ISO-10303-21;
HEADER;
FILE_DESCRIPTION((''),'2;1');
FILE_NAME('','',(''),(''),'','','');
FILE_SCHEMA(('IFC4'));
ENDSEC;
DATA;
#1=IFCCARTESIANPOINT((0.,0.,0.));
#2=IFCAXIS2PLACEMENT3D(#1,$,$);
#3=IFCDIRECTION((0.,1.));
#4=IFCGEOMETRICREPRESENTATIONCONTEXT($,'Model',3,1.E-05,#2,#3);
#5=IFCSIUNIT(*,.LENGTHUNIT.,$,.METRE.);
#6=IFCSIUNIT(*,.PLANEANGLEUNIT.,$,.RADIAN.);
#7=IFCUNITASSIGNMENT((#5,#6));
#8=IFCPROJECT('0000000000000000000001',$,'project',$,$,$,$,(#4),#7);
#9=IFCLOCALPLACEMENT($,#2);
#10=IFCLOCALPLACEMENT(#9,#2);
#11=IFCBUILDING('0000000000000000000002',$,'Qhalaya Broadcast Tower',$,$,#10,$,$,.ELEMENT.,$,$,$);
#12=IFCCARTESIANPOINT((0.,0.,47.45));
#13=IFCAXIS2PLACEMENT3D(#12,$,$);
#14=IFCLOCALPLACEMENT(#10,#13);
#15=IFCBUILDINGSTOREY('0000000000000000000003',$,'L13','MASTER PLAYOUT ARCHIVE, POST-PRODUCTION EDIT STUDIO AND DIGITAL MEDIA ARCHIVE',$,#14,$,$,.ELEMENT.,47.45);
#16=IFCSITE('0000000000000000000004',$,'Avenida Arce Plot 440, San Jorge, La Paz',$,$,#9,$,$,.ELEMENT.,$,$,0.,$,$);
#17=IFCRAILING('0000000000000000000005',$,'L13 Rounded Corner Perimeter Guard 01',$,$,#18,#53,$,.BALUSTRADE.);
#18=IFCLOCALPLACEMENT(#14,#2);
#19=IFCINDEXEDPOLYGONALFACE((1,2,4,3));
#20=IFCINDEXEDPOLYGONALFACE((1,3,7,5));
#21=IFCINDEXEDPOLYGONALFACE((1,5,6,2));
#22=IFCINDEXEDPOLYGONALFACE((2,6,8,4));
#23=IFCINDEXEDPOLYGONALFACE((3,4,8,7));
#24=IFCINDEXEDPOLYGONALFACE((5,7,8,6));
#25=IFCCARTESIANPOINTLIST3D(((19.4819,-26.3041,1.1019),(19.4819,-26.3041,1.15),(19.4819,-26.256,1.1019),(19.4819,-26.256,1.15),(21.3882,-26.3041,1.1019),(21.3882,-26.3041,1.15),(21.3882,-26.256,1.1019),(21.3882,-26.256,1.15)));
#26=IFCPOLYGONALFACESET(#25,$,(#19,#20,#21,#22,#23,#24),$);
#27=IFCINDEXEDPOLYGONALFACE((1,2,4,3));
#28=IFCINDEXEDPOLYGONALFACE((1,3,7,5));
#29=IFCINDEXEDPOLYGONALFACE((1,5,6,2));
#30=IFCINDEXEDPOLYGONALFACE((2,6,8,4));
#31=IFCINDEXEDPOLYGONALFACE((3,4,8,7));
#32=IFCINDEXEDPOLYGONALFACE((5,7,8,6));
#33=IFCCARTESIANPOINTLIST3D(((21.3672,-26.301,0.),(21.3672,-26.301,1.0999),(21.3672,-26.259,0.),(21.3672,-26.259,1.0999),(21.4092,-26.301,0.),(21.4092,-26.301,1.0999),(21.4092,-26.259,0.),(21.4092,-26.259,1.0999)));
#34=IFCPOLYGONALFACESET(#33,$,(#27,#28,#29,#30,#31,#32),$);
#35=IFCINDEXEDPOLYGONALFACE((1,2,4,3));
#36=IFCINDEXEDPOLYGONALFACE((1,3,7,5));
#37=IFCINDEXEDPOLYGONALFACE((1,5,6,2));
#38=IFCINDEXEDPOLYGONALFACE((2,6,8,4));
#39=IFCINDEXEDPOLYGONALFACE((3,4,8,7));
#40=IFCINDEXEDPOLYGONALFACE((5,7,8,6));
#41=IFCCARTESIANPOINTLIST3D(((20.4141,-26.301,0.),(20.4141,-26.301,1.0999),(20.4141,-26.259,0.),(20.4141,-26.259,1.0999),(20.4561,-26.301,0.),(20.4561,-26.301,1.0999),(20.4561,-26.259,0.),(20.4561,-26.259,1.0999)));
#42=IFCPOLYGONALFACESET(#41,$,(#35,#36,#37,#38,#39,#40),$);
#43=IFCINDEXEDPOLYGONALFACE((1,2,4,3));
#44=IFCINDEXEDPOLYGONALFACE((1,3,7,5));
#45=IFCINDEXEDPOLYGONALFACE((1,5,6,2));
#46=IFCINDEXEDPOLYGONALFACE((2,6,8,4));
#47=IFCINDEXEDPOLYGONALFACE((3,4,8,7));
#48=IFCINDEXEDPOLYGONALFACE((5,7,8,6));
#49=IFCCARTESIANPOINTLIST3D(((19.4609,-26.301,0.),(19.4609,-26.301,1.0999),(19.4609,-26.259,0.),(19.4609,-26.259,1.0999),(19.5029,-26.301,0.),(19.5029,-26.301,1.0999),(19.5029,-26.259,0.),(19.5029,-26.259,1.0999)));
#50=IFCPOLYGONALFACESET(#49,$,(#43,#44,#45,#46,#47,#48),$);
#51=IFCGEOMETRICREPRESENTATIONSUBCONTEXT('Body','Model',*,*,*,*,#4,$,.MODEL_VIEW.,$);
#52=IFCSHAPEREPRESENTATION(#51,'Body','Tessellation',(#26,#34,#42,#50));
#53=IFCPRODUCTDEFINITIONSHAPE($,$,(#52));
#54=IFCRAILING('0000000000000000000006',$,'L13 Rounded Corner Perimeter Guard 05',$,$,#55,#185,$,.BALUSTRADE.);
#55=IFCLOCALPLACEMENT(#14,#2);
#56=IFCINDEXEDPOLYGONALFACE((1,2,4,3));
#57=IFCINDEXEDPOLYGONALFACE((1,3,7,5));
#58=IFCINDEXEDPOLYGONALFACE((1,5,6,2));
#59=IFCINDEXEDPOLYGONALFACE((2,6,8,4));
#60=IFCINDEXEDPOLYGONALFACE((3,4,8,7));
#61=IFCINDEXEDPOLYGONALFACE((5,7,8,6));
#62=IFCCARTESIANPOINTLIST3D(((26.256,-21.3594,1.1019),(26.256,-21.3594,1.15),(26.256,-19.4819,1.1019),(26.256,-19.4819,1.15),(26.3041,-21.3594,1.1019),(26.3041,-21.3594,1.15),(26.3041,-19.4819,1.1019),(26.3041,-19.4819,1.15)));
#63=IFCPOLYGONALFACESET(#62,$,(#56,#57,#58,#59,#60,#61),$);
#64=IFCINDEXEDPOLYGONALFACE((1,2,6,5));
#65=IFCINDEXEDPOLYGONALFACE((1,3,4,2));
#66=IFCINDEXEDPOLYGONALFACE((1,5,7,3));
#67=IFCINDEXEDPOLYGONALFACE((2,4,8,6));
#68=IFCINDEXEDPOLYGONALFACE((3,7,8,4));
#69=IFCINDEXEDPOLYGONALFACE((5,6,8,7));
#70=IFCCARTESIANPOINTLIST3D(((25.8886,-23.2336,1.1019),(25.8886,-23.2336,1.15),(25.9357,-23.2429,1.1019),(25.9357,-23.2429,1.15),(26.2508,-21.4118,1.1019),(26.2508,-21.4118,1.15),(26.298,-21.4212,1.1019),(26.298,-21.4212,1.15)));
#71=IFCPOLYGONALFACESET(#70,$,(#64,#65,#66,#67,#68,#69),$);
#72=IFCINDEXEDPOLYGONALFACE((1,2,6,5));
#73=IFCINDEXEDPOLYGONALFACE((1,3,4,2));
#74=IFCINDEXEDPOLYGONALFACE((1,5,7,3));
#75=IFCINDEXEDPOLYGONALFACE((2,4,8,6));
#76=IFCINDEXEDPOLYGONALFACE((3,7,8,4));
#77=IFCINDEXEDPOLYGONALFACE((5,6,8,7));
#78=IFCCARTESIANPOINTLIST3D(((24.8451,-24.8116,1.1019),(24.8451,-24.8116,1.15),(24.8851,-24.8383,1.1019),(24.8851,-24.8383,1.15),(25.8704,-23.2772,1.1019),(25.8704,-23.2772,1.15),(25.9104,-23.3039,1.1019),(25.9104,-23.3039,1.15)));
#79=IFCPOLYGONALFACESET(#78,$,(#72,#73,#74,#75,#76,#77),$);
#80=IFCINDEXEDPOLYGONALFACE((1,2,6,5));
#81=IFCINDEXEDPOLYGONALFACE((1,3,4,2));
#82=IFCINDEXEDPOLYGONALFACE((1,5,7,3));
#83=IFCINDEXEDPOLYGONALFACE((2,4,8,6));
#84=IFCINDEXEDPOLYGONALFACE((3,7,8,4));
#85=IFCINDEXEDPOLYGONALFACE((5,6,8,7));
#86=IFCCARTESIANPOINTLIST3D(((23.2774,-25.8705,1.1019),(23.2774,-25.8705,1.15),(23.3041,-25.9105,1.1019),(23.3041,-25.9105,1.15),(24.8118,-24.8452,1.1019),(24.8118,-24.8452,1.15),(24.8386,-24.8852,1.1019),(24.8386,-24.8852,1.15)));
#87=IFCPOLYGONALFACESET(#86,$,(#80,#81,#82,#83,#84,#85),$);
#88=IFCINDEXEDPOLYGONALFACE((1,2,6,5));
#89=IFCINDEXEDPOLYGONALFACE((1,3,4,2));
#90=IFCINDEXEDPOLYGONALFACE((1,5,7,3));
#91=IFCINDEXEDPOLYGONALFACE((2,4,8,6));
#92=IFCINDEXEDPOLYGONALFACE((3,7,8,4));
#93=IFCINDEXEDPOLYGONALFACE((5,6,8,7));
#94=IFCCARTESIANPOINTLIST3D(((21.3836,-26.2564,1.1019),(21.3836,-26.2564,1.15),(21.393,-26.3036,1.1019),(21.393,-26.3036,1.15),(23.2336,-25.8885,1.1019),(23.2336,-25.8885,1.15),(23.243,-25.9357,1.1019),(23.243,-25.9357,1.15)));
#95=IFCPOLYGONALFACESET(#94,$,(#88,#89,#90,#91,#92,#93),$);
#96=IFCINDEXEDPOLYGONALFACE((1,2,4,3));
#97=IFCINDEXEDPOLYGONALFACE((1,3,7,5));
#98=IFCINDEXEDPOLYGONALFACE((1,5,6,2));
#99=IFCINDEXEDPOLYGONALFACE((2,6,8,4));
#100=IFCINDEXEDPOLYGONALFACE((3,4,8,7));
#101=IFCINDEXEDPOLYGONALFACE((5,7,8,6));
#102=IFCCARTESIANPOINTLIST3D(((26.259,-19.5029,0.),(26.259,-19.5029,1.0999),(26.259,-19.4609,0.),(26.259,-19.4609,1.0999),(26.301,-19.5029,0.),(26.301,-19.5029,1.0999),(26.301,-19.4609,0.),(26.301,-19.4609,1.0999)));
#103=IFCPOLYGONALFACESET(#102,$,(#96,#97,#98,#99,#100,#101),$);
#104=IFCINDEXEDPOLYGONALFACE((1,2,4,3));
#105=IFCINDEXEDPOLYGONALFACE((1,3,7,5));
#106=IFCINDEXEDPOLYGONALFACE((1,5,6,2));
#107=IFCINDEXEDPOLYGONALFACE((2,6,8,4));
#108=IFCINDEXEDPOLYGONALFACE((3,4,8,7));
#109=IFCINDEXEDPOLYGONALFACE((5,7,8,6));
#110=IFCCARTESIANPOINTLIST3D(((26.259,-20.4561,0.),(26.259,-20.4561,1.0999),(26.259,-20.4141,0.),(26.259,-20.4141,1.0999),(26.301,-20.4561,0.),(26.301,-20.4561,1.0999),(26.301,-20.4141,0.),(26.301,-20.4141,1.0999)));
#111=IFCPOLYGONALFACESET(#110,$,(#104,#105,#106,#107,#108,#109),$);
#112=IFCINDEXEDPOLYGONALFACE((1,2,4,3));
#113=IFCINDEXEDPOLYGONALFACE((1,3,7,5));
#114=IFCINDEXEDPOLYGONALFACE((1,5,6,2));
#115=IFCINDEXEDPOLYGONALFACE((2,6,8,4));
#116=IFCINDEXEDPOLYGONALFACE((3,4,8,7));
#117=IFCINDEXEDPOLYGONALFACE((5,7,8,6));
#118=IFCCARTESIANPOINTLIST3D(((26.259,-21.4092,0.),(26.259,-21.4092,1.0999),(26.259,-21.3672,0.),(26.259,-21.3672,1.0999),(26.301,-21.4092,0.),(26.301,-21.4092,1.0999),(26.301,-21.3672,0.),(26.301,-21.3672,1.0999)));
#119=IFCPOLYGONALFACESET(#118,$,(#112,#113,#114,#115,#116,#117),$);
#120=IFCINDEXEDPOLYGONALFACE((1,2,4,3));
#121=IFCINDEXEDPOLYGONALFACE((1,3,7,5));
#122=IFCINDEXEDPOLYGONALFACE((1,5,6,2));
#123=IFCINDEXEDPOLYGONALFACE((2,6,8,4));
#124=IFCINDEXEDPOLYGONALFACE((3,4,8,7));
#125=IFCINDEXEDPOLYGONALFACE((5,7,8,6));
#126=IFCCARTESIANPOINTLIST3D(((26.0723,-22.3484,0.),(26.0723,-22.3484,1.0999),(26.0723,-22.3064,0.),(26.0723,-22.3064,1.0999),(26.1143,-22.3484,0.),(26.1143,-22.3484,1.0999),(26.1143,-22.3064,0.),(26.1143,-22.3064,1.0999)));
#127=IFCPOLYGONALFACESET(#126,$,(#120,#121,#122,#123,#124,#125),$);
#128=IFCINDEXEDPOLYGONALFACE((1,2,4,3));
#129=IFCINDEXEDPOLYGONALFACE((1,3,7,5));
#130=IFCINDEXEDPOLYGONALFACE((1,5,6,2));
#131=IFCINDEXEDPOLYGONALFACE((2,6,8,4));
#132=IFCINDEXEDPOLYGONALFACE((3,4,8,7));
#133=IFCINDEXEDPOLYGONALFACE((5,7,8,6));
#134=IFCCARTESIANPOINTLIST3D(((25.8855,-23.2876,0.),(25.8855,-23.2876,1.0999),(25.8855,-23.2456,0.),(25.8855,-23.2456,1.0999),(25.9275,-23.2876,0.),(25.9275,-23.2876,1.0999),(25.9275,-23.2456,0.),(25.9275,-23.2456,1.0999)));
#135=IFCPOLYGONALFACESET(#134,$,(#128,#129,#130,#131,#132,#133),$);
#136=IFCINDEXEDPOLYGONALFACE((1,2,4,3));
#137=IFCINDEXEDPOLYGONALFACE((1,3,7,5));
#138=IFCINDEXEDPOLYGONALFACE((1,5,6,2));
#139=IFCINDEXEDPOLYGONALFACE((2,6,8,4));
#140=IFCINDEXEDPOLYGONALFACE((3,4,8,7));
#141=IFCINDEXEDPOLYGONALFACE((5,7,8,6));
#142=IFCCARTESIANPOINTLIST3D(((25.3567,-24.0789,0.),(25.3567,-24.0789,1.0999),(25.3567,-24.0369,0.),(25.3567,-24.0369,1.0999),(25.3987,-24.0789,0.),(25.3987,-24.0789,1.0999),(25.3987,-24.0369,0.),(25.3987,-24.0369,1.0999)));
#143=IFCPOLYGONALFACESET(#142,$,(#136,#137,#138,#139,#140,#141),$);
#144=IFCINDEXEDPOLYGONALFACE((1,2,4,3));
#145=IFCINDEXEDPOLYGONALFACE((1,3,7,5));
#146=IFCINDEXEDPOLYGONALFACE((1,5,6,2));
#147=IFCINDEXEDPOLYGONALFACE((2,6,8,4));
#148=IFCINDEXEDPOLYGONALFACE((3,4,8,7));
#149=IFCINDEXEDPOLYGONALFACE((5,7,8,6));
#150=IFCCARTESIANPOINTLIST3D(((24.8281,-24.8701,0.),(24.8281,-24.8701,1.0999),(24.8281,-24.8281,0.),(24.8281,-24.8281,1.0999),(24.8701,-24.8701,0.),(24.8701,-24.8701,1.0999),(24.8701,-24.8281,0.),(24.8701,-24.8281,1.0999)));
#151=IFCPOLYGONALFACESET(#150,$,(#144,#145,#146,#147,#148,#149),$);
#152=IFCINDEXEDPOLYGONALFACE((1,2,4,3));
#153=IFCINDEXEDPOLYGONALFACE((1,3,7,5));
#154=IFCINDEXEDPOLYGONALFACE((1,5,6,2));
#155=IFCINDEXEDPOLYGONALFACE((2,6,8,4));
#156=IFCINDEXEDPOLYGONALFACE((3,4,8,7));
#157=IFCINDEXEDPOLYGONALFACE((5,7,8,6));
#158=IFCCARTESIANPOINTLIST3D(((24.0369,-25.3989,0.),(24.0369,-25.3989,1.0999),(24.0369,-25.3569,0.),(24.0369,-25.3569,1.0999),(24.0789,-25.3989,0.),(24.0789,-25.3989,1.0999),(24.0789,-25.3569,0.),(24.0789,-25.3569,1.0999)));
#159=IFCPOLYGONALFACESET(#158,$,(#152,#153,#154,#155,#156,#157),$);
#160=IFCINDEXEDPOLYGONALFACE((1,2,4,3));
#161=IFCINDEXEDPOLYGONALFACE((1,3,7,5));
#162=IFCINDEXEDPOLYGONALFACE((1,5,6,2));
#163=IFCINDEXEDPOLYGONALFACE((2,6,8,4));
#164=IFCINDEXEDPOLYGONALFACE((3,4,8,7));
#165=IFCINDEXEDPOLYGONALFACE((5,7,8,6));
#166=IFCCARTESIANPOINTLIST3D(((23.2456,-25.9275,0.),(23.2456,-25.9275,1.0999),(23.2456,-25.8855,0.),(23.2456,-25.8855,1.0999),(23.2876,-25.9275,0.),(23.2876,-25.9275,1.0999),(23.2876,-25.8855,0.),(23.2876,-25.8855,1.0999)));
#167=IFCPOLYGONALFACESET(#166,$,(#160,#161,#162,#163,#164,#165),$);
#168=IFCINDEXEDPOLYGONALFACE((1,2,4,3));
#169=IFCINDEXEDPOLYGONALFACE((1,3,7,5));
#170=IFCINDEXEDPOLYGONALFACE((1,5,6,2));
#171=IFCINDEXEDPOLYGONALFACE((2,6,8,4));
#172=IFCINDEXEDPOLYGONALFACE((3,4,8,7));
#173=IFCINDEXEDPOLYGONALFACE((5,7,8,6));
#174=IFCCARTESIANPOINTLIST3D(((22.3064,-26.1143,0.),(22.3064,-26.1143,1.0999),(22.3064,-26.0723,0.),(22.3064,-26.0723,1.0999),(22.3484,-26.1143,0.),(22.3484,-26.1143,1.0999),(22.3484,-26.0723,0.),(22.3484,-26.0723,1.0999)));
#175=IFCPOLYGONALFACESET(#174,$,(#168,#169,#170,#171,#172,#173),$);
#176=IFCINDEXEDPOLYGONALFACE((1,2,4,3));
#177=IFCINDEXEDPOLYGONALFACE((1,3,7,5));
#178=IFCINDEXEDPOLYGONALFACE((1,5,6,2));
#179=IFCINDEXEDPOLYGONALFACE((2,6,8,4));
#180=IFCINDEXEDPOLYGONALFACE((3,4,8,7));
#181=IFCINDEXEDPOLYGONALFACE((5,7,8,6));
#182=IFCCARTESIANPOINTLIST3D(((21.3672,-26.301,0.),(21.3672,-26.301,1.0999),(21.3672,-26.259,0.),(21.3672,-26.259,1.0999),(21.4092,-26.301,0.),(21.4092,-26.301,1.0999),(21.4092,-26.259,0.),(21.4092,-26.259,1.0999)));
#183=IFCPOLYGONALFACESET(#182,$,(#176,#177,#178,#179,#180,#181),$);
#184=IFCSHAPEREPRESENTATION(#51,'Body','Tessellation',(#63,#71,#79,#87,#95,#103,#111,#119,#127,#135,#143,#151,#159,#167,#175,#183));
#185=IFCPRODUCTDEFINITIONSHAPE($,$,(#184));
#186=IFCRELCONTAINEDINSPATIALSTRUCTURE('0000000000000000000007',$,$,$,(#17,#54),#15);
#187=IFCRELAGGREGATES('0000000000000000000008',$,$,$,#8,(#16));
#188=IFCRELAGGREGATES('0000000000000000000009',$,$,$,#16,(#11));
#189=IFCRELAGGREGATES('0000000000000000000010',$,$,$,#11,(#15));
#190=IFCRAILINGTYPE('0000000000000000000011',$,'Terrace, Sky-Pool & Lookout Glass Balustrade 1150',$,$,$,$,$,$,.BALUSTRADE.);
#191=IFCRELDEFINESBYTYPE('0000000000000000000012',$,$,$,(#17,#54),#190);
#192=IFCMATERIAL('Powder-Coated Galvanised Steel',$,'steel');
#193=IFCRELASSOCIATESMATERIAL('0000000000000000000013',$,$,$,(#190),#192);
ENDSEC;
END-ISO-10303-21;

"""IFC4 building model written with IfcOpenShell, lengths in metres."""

from ifc_helpers import new_model, si_unit, direction, frame, origin, origin_2d, place, context, subcontext, project, spatial, rectangle, extrude, material, type_object, element, save


model = new_model("IFC4")

# Units and contexts
model_context = context("Model", 3, precision=1e-05, world=origin(), true_north=direction((0.0, 1.0)))
body_context = subcontext(model_context, "Body", "Model", "MODEL_VIEW")
ifc_project = project(units=[si_unit("LENGTHUNIT", "METRE"), si_unit("PLANEANGLEUNIT", "RADIAN")], contexts=[model_context])

# Site, building, storey
site_placement = place(None, origin())
site = spatial("IfcSite", under=ifc_project, at=site_placement, Name="Avenida Arce Plot 440, San Jorge, La Paz", CompositionType="ELEMENT", RefElevation=0.0)
building_placement = place(site_placement, origin())
building = spatial("IfcBuilding", under=site, at=building_placement, Name="Qhalaya Broadcast Tower", CompositionType="ELEMENT")
storey_placement = place(building_placement, frame((0.0, 0.0, 47.45)))
storey = spatial("IfcBuildingStorey", under=building, at=storey_placement, Name="L13", Description="MASTER PLAYOUT ARCHIVE, POST-PRODUCTION EDIT STUDIO AND DIGITAL MEDIA ARCHIVE", CompositionType="ELEMENT", Elevation=47.45)

# Railings
ifc_material_1 = material(Name="Powder-Coated Galvanised Steel", Category="steel")
railing_type = type_object("IfcRailingType", Name="Terrace, Sky-Pool & Lookout Glass Balustrade 1150", PredefinedType="BALUSTRADE", material=ifc_material_1)
railing_1_placement = place(storey_placement, frame((21.3882, -26.28, 0.0)))
element("IfcRailing", 1, at=railing_1_placement, inside=storey, type_object=railing_type, Name="L13 Rounded Corner Perimeter Guard 01", PredefinedType="BALUSTRADE", context=body_context, shape_type="SweptSolid", body=[
    extrude(rectangle(XDim=0.0481, YDim=0.0481, at=origin_2d()), frame((0.0, 0.0, 1.126), z_axis=(-1.0, 0.0, 0.0), x_axis=(0.0, -1.0, 0.0)), (0.0, 0.0, 1.0), 1.9062),
    extrude(rectangle(XDim=0.042, YDim=0.042, at=origin_2d()), origin(), (0.0, 0.0, 1.0), 1.0999),
    extrude(rectangle(XDim=0.042, YDim=0.042, at=origin_2d()), frame((-0.9531, 0.0, 0.0)), (0.0, 0.0, 1.0), 1.0999),
    extrude(rectangle(XDim=0.042, YDim=0.042, at=origin_2d()), frame((-1.9062, 0.0, 0.0)), (0.0, 0.0, 1.0), 1.0999),
])
railing_2_placement = place(storey_placement, frame((26.28, -19.4819, 0.0)))
element("IfcRailing", 2, at=railing_2_placement, inside=storey, type_object=railing_type, Name="L13 Rounded Corner Perimeter Guard 05", PredefinedType="BALUSTRADE", context=body_context, shape_type="SweptSolid", body=[
    extrude(rectangle(XDim=0.0481, YDim=0.0481, at=origin_2d()), frame((0.0, 0.0, 1.126), z_axis=(0.0, -1.0, 0.0), x_axis=(1.0, 0.0, 0.0)), (0.0, 0.0, 1.0), 1.8774),
    extrude(rectangle(XDim=0.0481, YDim=0.0481, at=origin_2d()), frame((-0.0056, -1.9346, 1.126), z_axis=(-0.195037, -0.980796, 0.0), x_axis=(0.980796, -0.195037, 0.0)), (0.0, 0.0, 1.0), 1.8574),
    extrude(rectangle(XDim=0.0481, YDim=0.0481, at=origin_2d()), frame((-0.3896, -3.8086, 1.126), z_axis=(-0.555558, -0.831478, 0.0), x_axis=(0.831478, -0.555558, 0.0)), (0.0, 0.0, 1.0), 1.8455),
    extrude(rectangle(XDim=0.0481, YDim=0.0481, at=origin_2d()), frame((-1.4548, -5.3833, 1.126), z_axis=(-0.831478, -0.555558, 0.0), x_axis=(0.555558, -0.831478, 0.0)), (0.0, 0.0, 1.0), 1.8455),
    extrude(rectangle(XDim=0.0481, YDim=0.0481, at=origin_2d()), frame((-3.0417, -6.4302, 1.126), z_axis=(-0.980796, -0.195037, 0.0), x_axis=(0.195037, -0.980796, 0.0)), (0.0, 0.0, 1.0), 1.8862),
    extrude(rectangle(XDim=0.042, YDim=0.042, at=origin_2d()), origin(), (0.0, 0.0, 1.0), 1.0999),
    extrude(rectangle(XDim=0.042, YDim=0.042, at=origin_2d()), frame((0.0, -0.9531, 0.0)), (0.0, 0.0, 1.0), 1.0999),
    extrude(rectangle(XDim=0.042, YDim=0.042, at=origin_2d()), frame((0.0, -1.9062, 0.0)), (0.0, 0.0, 1.0), 1.0999),
    extrude(rectangle(XDim=0.042, YDim=0.042, at=origin_2d()), frame((-0.1868, -2.8455, 0.0)), (0.0, 0.0, 1.0), 1.0999),
    extrude(rectangle(XDim=0.042, YDim=0.042, at=origin_2d()), frame((-0.3735, -3.7847, 0.0)), (0.0, 0.0, 1.0), 1.0999),
    extrude(rectangle(XDim=0.042, YDim=0.042, at=origin_2d()), frame((-0.9023, -4.5759, 0.0)), (0.0, 0.0, 1.0), 1.0999),
    extrude(rectangle(XDim=0.042, YDim=0.042, at=origin_2d()), frame((-1.4309, -5.3672, 0.0)), (0.0, 0.0, 1.0), 1.0999),
    extrude(rectangle(XDim=0.042, YDim=0.042, at=origin_2d()), frame((-2.2222, -5.896, 0.0)), (0.0, 0.0, 1.0), 1.0999),
    extrude(rectangle(XDim=0.042, YDim=0.042, at=origin_2d()), frame((-3.0134, -6.4246, 0.0)), (0.0, 0.0, 1.0), 1.0999),
    extrude(rectangle(XDim=0.042, YDim=0.042, at=origin_2d()), frame((-3.9526, -6.6113, 0.0)), (0.0, 0.0, 1.0), 1.0999),
    extrude(rectangle(XDim=0.042, YDim=0.042, at=origin_2d()), frame((-4.8918, -6.7981, 0.0)), (0.0, 0.0, 1.0), 1.0999),
])

save(model, "model.ifc")
